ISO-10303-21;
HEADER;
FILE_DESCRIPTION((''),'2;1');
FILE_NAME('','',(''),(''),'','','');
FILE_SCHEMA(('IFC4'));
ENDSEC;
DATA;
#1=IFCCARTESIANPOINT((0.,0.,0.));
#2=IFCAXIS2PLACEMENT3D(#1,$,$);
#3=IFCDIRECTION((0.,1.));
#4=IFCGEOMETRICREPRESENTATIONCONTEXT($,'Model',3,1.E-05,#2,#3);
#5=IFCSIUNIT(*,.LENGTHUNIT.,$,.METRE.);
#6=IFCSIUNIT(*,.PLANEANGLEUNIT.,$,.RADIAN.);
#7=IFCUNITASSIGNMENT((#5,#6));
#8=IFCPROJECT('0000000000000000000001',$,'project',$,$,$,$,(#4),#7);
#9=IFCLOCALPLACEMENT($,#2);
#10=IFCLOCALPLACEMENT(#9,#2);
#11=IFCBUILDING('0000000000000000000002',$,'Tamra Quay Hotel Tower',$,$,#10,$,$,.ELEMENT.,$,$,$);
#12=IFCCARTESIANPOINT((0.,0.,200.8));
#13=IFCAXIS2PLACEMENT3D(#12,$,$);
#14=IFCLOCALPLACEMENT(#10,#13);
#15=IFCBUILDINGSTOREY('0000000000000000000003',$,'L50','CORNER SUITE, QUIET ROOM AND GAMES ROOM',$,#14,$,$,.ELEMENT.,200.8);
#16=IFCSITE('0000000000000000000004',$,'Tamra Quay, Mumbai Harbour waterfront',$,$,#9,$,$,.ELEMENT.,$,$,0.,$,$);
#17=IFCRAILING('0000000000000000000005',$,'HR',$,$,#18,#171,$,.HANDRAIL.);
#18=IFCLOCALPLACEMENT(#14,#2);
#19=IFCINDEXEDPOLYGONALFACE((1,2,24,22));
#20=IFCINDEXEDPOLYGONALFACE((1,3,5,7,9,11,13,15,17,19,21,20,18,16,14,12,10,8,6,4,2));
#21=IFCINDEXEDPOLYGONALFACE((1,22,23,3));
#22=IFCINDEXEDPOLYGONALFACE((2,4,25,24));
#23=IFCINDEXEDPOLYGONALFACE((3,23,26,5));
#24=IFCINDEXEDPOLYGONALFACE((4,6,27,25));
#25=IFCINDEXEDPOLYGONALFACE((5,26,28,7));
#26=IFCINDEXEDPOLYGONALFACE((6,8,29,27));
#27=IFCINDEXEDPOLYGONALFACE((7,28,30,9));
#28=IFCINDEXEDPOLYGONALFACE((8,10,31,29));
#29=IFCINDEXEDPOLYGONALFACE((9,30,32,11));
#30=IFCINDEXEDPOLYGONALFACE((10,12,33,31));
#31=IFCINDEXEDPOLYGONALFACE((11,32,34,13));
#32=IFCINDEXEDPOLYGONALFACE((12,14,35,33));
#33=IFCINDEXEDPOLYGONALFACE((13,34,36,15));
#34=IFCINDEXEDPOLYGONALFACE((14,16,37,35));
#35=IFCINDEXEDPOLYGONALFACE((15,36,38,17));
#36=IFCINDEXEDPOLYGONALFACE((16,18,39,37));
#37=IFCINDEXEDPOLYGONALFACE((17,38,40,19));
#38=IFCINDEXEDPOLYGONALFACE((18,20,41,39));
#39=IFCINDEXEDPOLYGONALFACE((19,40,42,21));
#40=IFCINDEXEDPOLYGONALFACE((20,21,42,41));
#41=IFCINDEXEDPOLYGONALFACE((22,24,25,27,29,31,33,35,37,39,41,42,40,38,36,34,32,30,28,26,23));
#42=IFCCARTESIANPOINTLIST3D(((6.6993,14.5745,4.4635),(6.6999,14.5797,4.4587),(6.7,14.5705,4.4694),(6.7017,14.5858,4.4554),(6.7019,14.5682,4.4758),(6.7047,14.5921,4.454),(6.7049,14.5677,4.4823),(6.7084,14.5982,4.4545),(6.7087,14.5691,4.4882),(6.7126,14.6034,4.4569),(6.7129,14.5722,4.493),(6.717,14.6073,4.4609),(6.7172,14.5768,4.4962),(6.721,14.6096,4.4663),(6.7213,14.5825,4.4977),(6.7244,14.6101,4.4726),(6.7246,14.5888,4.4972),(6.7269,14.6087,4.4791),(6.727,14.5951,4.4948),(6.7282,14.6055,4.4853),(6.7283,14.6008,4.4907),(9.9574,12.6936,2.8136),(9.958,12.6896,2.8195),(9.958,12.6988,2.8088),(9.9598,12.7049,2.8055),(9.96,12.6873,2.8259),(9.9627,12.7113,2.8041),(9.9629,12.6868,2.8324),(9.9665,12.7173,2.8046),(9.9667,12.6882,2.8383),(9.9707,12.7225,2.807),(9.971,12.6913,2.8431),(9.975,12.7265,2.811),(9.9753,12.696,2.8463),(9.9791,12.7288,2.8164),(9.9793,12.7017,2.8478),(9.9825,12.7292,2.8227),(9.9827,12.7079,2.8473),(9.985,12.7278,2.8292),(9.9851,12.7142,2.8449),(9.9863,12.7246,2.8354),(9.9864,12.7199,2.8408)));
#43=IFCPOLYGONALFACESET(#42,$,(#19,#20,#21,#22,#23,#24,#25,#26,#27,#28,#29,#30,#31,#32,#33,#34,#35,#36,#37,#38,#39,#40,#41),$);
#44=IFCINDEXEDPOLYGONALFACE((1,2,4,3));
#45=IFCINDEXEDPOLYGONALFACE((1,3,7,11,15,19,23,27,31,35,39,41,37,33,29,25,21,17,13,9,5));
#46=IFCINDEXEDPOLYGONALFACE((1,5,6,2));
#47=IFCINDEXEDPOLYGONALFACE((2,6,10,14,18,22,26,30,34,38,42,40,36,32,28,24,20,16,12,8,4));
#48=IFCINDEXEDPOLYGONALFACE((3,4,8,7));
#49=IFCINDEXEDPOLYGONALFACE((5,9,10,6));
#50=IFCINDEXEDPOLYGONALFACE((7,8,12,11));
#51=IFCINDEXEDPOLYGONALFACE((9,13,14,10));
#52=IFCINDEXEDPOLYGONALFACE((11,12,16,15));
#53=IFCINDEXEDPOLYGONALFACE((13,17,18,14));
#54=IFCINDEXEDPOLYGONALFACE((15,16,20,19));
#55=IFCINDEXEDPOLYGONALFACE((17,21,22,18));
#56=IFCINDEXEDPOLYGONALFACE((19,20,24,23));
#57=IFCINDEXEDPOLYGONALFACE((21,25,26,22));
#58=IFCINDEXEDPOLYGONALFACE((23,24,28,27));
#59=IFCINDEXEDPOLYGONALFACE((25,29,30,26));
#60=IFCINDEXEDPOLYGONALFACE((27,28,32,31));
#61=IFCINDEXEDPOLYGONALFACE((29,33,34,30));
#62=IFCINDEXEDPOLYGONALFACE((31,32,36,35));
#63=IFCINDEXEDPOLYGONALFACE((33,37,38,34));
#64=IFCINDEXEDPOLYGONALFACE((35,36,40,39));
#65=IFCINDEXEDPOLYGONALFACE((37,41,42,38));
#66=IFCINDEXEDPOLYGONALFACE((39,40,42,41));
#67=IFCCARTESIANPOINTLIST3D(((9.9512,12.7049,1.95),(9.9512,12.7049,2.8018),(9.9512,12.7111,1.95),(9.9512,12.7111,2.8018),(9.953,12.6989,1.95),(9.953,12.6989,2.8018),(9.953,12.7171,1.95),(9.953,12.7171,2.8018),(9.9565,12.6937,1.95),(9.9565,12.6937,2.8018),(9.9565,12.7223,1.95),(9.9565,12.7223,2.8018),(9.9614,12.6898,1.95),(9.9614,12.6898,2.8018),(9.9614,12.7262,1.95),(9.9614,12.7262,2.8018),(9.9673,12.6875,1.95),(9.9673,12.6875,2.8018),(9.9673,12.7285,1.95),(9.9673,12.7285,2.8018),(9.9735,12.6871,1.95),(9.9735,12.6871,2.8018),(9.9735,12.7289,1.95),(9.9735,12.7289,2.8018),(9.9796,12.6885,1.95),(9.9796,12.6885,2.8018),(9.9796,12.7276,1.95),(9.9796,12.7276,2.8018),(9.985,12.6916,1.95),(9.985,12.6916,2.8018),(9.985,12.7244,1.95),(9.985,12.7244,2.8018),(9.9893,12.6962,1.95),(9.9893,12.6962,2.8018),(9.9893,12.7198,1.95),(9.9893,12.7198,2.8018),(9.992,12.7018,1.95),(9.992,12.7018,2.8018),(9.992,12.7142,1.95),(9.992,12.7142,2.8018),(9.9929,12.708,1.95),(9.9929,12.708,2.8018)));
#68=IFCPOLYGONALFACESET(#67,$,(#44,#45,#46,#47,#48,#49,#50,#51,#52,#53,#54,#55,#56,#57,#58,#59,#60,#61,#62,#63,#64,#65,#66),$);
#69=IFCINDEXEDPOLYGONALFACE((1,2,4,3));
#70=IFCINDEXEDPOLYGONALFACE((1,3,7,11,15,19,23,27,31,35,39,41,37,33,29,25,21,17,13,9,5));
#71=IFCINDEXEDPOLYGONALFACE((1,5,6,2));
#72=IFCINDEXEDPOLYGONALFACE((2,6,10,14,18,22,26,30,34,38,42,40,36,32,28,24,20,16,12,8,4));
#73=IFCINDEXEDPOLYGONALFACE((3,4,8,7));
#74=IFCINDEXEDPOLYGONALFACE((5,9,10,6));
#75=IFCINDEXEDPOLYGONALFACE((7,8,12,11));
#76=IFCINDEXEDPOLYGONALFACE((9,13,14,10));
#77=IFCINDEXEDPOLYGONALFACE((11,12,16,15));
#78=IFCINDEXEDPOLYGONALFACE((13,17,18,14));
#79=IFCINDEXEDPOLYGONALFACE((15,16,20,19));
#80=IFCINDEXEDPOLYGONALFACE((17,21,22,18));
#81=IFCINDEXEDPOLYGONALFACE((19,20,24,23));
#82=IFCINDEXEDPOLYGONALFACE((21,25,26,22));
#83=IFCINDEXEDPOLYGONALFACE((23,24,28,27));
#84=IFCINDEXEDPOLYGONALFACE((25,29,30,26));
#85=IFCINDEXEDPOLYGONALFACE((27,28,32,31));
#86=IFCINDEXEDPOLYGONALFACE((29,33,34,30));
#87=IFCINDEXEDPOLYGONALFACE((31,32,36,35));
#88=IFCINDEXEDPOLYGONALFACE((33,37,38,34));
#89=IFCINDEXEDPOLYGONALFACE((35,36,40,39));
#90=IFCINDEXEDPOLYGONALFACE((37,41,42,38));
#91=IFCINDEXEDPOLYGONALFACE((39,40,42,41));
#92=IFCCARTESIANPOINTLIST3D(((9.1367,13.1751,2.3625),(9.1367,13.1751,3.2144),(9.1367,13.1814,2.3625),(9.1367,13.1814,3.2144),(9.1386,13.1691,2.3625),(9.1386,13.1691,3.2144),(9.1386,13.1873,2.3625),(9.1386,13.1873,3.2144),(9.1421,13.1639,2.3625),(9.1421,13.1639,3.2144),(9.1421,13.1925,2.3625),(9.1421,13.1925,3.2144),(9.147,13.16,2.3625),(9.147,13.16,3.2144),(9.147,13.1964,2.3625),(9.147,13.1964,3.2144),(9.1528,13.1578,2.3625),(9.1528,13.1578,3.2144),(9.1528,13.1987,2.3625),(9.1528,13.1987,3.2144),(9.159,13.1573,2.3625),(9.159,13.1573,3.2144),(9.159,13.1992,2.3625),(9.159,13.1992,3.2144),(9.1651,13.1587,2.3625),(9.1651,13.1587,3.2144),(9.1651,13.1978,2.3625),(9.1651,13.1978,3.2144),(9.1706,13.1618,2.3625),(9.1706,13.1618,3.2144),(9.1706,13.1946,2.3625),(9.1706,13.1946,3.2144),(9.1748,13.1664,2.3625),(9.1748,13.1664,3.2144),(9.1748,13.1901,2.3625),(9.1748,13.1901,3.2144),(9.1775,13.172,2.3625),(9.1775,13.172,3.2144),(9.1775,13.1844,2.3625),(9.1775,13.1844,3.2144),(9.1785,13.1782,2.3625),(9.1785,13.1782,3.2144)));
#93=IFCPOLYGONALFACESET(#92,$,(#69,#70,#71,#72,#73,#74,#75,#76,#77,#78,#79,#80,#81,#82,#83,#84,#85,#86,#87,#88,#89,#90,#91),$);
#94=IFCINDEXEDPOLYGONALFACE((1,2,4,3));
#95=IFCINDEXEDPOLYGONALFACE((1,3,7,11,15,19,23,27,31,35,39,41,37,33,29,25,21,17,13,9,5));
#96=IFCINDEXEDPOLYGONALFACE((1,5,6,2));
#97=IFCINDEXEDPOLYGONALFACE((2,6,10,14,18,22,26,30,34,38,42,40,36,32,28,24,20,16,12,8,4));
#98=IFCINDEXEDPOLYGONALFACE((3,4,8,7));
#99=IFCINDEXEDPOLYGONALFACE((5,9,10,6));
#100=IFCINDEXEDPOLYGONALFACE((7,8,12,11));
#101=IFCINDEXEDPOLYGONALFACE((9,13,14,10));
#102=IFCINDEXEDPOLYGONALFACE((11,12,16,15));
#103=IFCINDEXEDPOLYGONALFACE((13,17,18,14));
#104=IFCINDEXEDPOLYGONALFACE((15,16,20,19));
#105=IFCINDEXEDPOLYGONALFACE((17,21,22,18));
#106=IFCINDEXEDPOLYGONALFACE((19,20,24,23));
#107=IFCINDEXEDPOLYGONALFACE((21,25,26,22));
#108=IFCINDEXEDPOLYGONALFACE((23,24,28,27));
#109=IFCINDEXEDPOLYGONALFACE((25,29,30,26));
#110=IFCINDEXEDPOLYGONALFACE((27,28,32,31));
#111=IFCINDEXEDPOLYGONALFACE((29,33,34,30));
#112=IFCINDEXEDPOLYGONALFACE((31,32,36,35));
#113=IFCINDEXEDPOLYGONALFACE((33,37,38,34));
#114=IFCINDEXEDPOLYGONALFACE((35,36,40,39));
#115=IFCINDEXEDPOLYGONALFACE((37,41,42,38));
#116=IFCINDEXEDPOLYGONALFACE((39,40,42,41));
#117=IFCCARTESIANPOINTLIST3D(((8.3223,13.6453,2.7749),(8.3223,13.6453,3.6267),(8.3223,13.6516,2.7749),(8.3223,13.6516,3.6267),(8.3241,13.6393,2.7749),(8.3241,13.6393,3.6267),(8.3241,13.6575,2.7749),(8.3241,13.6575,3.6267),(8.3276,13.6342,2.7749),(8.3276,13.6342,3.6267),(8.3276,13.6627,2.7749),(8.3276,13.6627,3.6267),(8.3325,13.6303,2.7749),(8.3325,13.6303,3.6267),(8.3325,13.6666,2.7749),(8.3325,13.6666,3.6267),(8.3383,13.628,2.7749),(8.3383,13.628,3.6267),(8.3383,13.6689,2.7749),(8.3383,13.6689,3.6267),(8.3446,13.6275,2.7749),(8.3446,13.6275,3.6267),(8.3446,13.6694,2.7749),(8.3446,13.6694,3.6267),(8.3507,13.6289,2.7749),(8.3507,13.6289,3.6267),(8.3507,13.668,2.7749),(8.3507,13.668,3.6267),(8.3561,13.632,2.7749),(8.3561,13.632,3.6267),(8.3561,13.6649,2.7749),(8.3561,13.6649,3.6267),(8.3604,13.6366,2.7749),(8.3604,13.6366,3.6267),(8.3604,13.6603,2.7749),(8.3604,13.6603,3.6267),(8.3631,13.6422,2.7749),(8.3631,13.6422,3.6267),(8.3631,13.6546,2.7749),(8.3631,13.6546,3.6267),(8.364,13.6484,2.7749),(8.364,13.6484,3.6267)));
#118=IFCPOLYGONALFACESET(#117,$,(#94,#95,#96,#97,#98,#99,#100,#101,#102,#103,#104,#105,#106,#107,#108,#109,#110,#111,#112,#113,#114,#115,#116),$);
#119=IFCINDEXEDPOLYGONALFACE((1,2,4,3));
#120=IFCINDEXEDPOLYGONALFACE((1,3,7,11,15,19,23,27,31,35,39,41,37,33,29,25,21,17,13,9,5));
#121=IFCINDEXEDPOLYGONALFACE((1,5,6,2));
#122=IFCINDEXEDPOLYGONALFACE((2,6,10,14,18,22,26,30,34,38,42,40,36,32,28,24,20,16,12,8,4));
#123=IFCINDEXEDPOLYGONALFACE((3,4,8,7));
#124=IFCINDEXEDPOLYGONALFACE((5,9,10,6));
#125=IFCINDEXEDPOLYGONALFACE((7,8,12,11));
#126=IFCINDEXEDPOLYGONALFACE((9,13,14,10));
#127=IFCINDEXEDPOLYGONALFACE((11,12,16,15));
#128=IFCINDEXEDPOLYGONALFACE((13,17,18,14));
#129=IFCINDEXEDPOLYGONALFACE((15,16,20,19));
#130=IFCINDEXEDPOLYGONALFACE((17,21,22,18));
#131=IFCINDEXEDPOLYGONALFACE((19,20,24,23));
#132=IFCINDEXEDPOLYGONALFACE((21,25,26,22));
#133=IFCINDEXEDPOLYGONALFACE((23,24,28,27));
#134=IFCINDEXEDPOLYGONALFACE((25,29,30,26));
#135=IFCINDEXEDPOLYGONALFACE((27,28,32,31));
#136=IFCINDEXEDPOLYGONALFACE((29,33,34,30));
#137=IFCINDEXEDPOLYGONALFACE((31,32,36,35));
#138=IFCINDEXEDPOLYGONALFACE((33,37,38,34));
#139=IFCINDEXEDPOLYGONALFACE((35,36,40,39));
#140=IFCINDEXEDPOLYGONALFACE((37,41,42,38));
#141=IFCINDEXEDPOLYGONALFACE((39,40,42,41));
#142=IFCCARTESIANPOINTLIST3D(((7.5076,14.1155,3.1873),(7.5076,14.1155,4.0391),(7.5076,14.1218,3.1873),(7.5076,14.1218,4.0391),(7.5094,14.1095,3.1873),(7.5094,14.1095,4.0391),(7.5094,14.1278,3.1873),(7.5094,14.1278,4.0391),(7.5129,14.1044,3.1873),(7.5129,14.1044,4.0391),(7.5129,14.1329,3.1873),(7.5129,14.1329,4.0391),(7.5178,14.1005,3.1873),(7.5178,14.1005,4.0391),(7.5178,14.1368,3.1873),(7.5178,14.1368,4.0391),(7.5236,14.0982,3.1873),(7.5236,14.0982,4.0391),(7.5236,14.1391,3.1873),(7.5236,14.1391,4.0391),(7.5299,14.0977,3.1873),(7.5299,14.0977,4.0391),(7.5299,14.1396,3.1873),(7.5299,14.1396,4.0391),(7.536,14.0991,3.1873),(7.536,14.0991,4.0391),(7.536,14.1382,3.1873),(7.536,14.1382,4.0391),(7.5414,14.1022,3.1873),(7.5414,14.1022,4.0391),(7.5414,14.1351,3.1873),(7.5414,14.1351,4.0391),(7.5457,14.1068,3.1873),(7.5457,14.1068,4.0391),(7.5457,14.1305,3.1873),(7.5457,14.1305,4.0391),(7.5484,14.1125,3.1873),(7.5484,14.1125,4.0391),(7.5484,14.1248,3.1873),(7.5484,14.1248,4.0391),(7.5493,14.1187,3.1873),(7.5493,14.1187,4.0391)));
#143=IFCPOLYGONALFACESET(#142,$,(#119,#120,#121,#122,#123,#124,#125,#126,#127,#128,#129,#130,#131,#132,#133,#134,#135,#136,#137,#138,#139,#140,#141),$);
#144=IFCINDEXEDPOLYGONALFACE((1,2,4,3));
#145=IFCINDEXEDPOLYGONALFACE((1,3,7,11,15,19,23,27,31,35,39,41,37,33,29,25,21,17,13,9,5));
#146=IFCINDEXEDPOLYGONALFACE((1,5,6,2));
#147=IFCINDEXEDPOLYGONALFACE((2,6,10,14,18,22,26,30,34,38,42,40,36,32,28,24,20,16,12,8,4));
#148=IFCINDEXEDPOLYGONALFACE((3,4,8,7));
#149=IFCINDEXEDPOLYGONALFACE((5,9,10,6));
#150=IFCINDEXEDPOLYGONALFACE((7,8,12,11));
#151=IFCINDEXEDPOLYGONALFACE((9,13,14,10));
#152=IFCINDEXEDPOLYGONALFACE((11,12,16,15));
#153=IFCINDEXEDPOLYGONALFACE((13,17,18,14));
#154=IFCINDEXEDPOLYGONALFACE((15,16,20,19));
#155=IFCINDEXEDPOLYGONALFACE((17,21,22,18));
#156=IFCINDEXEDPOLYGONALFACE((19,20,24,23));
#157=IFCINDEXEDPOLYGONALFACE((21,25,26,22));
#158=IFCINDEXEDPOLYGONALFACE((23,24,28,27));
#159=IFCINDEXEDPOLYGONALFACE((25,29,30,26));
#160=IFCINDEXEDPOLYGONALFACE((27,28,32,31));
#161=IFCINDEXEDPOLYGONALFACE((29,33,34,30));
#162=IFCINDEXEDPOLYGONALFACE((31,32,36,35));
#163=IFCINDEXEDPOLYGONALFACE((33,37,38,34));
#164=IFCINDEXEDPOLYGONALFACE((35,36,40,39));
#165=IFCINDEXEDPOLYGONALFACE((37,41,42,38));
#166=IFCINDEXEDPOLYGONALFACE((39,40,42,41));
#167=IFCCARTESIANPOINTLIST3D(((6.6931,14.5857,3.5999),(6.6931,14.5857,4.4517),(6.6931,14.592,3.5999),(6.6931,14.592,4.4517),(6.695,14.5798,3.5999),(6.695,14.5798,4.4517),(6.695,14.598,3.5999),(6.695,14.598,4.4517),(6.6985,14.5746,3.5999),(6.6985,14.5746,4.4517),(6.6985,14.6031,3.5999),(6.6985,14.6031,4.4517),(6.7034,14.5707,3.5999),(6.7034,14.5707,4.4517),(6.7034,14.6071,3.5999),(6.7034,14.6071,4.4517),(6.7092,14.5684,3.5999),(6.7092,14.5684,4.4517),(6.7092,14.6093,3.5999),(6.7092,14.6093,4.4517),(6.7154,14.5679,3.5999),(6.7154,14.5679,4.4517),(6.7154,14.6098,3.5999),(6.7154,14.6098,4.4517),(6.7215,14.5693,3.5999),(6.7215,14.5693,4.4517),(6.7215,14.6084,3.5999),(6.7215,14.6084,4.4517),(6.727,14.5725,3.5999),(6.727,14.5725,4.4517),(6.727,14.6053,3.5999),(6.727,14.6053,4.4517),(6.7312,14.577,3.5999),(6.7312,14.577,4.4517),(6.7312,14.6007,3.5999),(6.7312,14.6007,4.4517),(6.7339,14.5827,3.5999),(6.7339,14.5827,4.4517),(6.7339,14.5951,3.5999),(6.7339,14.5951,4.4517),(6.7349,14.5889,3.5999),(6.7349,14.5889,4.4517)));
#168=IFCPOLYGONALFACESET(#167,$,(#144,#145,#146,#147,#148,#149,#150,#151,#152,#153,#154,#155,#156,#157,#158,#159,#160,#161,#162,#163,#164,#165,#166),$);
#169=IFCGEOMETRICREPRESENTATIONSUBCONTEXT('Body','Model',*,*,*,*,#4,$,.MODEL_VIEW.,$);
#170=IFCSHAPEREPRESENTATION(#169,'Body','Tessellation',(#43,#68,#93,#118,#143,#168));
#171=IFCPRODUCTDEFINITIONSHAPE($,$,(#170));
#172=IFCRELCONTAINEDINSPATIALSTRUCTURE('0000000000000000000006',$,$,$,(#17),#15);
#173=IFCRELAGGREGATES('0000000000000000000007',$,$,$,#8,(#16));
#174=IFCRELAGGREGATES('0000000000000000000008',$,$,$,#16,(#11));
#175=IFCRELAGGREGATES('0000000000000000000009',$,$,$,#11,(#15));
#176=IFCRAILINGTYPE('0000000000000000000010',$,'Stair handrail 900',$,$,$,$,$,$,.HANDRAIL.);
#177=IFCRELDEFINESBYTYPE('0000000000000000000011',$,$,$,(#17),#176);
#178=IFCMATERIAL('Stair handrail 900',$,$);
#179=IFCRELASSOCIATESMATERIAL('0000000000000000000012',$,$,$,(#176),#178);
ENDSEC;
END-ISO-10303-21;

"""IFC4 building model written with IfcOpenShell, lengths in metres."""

from ifc_helpers import new_model, si_unit, direction, frame, origin, origin_2d, place, context, subcontext, project, spatial, circle, extrude, material, type_object, element, save


model = new_model("IFC4")

# Units and contexts
model_context = context("Model", 3, precision=1e-05, world=origin(), true_north=direction((0.0, 1.0)))
body_context = subcontext(model_context, "Body", "Model", "MODEL_VIEW")
ifc_project = project(units=[si_unit("LENGTHUNIT", "METRE"), si_unit("PLANEANGLEUNIT", "RADIAN")], contexts=[model_context])

# Site, building, storey
site_placement = place(None, origin())
site = spatial("IfcSite", under=ifc_project, at=site_placement, Name="Tamra Quay, Mumbai Harbour waterfront", CompositionType="ELEMENT", RefElevation=0.0)
building_placement = place(site_placement, origin())
building = spatial("IfcBuilding", under=site, at=building_placement, Name="Tamra Quay Hotel Tower", CompositionType="ELEMENT")
storey_placement = place(building_placement, frame((0.0, 0.0, 200.8)))
storey = spatial("IfcBuildingStorey", under=building, at=storey_placement, Name="L50", Description="CORNER SUITE, QUIET ROOM AND GAMES ROOM", CompositionType="ELEMENT", Elevation=200.8)

# Railing
ifc_material_1 = material(Name="Stair handrail 900")
railing_type_1 = type_object("IfcRailingType", Name="Stair handrail 900", PredefinedType="HANDRAIL", material=ifc_material_1)
railing_1_placement = place(storey_placement, frame((9.9719, 12.708, 1.95)))
element("IfcRailing", 1, at=railing_1_placement, inside=storey, type_object=railing_type_1, Name="HR", PredefinedType="HANDRAIL", context=body_context, shape_type="SweptSolid", body=[
    extrude(circle(Radius=0.0239, at=origin_2d()), frame((0.0, 0.0, 0.876), z_axis=(-0.793122, 0.457865, 0.401642), x_axis=(-0.499964, -0.866046, 0.0)), (0.0, 0.0, 1.0), 4.1079),
    extrude(circle(Radius=0.021, at=origin_2d()), origin(), (0.0, 0.0, 1.0), 0.8518),
    extrude(circle(Radius=0.021, at=origin_2d()), frame((-0.8145, 0.4702, 0.4126)), (0.0, 0.0, 1.0), 0.8518),
    extrude(circle(Radius=0.021, at=origin_2d()), frame((-1.6289, 0.9404, 0.825)), (0.0, 0.0, 1.0), 0.8518),
    extrude(circle(Radius=0.021, at=origin_2d()), frame((-2.4436, 1.4106, 1.2373)), (0.0, 0.0, 1.0), 0.8518),
    extrude(circle(Radius=0.021, at=origin_2d()), frame((-3.2581, 1.8809, 1.6499)), (0.0, 0.0, 1.0), 0.8518),
])

save(model, "model.ifc")
